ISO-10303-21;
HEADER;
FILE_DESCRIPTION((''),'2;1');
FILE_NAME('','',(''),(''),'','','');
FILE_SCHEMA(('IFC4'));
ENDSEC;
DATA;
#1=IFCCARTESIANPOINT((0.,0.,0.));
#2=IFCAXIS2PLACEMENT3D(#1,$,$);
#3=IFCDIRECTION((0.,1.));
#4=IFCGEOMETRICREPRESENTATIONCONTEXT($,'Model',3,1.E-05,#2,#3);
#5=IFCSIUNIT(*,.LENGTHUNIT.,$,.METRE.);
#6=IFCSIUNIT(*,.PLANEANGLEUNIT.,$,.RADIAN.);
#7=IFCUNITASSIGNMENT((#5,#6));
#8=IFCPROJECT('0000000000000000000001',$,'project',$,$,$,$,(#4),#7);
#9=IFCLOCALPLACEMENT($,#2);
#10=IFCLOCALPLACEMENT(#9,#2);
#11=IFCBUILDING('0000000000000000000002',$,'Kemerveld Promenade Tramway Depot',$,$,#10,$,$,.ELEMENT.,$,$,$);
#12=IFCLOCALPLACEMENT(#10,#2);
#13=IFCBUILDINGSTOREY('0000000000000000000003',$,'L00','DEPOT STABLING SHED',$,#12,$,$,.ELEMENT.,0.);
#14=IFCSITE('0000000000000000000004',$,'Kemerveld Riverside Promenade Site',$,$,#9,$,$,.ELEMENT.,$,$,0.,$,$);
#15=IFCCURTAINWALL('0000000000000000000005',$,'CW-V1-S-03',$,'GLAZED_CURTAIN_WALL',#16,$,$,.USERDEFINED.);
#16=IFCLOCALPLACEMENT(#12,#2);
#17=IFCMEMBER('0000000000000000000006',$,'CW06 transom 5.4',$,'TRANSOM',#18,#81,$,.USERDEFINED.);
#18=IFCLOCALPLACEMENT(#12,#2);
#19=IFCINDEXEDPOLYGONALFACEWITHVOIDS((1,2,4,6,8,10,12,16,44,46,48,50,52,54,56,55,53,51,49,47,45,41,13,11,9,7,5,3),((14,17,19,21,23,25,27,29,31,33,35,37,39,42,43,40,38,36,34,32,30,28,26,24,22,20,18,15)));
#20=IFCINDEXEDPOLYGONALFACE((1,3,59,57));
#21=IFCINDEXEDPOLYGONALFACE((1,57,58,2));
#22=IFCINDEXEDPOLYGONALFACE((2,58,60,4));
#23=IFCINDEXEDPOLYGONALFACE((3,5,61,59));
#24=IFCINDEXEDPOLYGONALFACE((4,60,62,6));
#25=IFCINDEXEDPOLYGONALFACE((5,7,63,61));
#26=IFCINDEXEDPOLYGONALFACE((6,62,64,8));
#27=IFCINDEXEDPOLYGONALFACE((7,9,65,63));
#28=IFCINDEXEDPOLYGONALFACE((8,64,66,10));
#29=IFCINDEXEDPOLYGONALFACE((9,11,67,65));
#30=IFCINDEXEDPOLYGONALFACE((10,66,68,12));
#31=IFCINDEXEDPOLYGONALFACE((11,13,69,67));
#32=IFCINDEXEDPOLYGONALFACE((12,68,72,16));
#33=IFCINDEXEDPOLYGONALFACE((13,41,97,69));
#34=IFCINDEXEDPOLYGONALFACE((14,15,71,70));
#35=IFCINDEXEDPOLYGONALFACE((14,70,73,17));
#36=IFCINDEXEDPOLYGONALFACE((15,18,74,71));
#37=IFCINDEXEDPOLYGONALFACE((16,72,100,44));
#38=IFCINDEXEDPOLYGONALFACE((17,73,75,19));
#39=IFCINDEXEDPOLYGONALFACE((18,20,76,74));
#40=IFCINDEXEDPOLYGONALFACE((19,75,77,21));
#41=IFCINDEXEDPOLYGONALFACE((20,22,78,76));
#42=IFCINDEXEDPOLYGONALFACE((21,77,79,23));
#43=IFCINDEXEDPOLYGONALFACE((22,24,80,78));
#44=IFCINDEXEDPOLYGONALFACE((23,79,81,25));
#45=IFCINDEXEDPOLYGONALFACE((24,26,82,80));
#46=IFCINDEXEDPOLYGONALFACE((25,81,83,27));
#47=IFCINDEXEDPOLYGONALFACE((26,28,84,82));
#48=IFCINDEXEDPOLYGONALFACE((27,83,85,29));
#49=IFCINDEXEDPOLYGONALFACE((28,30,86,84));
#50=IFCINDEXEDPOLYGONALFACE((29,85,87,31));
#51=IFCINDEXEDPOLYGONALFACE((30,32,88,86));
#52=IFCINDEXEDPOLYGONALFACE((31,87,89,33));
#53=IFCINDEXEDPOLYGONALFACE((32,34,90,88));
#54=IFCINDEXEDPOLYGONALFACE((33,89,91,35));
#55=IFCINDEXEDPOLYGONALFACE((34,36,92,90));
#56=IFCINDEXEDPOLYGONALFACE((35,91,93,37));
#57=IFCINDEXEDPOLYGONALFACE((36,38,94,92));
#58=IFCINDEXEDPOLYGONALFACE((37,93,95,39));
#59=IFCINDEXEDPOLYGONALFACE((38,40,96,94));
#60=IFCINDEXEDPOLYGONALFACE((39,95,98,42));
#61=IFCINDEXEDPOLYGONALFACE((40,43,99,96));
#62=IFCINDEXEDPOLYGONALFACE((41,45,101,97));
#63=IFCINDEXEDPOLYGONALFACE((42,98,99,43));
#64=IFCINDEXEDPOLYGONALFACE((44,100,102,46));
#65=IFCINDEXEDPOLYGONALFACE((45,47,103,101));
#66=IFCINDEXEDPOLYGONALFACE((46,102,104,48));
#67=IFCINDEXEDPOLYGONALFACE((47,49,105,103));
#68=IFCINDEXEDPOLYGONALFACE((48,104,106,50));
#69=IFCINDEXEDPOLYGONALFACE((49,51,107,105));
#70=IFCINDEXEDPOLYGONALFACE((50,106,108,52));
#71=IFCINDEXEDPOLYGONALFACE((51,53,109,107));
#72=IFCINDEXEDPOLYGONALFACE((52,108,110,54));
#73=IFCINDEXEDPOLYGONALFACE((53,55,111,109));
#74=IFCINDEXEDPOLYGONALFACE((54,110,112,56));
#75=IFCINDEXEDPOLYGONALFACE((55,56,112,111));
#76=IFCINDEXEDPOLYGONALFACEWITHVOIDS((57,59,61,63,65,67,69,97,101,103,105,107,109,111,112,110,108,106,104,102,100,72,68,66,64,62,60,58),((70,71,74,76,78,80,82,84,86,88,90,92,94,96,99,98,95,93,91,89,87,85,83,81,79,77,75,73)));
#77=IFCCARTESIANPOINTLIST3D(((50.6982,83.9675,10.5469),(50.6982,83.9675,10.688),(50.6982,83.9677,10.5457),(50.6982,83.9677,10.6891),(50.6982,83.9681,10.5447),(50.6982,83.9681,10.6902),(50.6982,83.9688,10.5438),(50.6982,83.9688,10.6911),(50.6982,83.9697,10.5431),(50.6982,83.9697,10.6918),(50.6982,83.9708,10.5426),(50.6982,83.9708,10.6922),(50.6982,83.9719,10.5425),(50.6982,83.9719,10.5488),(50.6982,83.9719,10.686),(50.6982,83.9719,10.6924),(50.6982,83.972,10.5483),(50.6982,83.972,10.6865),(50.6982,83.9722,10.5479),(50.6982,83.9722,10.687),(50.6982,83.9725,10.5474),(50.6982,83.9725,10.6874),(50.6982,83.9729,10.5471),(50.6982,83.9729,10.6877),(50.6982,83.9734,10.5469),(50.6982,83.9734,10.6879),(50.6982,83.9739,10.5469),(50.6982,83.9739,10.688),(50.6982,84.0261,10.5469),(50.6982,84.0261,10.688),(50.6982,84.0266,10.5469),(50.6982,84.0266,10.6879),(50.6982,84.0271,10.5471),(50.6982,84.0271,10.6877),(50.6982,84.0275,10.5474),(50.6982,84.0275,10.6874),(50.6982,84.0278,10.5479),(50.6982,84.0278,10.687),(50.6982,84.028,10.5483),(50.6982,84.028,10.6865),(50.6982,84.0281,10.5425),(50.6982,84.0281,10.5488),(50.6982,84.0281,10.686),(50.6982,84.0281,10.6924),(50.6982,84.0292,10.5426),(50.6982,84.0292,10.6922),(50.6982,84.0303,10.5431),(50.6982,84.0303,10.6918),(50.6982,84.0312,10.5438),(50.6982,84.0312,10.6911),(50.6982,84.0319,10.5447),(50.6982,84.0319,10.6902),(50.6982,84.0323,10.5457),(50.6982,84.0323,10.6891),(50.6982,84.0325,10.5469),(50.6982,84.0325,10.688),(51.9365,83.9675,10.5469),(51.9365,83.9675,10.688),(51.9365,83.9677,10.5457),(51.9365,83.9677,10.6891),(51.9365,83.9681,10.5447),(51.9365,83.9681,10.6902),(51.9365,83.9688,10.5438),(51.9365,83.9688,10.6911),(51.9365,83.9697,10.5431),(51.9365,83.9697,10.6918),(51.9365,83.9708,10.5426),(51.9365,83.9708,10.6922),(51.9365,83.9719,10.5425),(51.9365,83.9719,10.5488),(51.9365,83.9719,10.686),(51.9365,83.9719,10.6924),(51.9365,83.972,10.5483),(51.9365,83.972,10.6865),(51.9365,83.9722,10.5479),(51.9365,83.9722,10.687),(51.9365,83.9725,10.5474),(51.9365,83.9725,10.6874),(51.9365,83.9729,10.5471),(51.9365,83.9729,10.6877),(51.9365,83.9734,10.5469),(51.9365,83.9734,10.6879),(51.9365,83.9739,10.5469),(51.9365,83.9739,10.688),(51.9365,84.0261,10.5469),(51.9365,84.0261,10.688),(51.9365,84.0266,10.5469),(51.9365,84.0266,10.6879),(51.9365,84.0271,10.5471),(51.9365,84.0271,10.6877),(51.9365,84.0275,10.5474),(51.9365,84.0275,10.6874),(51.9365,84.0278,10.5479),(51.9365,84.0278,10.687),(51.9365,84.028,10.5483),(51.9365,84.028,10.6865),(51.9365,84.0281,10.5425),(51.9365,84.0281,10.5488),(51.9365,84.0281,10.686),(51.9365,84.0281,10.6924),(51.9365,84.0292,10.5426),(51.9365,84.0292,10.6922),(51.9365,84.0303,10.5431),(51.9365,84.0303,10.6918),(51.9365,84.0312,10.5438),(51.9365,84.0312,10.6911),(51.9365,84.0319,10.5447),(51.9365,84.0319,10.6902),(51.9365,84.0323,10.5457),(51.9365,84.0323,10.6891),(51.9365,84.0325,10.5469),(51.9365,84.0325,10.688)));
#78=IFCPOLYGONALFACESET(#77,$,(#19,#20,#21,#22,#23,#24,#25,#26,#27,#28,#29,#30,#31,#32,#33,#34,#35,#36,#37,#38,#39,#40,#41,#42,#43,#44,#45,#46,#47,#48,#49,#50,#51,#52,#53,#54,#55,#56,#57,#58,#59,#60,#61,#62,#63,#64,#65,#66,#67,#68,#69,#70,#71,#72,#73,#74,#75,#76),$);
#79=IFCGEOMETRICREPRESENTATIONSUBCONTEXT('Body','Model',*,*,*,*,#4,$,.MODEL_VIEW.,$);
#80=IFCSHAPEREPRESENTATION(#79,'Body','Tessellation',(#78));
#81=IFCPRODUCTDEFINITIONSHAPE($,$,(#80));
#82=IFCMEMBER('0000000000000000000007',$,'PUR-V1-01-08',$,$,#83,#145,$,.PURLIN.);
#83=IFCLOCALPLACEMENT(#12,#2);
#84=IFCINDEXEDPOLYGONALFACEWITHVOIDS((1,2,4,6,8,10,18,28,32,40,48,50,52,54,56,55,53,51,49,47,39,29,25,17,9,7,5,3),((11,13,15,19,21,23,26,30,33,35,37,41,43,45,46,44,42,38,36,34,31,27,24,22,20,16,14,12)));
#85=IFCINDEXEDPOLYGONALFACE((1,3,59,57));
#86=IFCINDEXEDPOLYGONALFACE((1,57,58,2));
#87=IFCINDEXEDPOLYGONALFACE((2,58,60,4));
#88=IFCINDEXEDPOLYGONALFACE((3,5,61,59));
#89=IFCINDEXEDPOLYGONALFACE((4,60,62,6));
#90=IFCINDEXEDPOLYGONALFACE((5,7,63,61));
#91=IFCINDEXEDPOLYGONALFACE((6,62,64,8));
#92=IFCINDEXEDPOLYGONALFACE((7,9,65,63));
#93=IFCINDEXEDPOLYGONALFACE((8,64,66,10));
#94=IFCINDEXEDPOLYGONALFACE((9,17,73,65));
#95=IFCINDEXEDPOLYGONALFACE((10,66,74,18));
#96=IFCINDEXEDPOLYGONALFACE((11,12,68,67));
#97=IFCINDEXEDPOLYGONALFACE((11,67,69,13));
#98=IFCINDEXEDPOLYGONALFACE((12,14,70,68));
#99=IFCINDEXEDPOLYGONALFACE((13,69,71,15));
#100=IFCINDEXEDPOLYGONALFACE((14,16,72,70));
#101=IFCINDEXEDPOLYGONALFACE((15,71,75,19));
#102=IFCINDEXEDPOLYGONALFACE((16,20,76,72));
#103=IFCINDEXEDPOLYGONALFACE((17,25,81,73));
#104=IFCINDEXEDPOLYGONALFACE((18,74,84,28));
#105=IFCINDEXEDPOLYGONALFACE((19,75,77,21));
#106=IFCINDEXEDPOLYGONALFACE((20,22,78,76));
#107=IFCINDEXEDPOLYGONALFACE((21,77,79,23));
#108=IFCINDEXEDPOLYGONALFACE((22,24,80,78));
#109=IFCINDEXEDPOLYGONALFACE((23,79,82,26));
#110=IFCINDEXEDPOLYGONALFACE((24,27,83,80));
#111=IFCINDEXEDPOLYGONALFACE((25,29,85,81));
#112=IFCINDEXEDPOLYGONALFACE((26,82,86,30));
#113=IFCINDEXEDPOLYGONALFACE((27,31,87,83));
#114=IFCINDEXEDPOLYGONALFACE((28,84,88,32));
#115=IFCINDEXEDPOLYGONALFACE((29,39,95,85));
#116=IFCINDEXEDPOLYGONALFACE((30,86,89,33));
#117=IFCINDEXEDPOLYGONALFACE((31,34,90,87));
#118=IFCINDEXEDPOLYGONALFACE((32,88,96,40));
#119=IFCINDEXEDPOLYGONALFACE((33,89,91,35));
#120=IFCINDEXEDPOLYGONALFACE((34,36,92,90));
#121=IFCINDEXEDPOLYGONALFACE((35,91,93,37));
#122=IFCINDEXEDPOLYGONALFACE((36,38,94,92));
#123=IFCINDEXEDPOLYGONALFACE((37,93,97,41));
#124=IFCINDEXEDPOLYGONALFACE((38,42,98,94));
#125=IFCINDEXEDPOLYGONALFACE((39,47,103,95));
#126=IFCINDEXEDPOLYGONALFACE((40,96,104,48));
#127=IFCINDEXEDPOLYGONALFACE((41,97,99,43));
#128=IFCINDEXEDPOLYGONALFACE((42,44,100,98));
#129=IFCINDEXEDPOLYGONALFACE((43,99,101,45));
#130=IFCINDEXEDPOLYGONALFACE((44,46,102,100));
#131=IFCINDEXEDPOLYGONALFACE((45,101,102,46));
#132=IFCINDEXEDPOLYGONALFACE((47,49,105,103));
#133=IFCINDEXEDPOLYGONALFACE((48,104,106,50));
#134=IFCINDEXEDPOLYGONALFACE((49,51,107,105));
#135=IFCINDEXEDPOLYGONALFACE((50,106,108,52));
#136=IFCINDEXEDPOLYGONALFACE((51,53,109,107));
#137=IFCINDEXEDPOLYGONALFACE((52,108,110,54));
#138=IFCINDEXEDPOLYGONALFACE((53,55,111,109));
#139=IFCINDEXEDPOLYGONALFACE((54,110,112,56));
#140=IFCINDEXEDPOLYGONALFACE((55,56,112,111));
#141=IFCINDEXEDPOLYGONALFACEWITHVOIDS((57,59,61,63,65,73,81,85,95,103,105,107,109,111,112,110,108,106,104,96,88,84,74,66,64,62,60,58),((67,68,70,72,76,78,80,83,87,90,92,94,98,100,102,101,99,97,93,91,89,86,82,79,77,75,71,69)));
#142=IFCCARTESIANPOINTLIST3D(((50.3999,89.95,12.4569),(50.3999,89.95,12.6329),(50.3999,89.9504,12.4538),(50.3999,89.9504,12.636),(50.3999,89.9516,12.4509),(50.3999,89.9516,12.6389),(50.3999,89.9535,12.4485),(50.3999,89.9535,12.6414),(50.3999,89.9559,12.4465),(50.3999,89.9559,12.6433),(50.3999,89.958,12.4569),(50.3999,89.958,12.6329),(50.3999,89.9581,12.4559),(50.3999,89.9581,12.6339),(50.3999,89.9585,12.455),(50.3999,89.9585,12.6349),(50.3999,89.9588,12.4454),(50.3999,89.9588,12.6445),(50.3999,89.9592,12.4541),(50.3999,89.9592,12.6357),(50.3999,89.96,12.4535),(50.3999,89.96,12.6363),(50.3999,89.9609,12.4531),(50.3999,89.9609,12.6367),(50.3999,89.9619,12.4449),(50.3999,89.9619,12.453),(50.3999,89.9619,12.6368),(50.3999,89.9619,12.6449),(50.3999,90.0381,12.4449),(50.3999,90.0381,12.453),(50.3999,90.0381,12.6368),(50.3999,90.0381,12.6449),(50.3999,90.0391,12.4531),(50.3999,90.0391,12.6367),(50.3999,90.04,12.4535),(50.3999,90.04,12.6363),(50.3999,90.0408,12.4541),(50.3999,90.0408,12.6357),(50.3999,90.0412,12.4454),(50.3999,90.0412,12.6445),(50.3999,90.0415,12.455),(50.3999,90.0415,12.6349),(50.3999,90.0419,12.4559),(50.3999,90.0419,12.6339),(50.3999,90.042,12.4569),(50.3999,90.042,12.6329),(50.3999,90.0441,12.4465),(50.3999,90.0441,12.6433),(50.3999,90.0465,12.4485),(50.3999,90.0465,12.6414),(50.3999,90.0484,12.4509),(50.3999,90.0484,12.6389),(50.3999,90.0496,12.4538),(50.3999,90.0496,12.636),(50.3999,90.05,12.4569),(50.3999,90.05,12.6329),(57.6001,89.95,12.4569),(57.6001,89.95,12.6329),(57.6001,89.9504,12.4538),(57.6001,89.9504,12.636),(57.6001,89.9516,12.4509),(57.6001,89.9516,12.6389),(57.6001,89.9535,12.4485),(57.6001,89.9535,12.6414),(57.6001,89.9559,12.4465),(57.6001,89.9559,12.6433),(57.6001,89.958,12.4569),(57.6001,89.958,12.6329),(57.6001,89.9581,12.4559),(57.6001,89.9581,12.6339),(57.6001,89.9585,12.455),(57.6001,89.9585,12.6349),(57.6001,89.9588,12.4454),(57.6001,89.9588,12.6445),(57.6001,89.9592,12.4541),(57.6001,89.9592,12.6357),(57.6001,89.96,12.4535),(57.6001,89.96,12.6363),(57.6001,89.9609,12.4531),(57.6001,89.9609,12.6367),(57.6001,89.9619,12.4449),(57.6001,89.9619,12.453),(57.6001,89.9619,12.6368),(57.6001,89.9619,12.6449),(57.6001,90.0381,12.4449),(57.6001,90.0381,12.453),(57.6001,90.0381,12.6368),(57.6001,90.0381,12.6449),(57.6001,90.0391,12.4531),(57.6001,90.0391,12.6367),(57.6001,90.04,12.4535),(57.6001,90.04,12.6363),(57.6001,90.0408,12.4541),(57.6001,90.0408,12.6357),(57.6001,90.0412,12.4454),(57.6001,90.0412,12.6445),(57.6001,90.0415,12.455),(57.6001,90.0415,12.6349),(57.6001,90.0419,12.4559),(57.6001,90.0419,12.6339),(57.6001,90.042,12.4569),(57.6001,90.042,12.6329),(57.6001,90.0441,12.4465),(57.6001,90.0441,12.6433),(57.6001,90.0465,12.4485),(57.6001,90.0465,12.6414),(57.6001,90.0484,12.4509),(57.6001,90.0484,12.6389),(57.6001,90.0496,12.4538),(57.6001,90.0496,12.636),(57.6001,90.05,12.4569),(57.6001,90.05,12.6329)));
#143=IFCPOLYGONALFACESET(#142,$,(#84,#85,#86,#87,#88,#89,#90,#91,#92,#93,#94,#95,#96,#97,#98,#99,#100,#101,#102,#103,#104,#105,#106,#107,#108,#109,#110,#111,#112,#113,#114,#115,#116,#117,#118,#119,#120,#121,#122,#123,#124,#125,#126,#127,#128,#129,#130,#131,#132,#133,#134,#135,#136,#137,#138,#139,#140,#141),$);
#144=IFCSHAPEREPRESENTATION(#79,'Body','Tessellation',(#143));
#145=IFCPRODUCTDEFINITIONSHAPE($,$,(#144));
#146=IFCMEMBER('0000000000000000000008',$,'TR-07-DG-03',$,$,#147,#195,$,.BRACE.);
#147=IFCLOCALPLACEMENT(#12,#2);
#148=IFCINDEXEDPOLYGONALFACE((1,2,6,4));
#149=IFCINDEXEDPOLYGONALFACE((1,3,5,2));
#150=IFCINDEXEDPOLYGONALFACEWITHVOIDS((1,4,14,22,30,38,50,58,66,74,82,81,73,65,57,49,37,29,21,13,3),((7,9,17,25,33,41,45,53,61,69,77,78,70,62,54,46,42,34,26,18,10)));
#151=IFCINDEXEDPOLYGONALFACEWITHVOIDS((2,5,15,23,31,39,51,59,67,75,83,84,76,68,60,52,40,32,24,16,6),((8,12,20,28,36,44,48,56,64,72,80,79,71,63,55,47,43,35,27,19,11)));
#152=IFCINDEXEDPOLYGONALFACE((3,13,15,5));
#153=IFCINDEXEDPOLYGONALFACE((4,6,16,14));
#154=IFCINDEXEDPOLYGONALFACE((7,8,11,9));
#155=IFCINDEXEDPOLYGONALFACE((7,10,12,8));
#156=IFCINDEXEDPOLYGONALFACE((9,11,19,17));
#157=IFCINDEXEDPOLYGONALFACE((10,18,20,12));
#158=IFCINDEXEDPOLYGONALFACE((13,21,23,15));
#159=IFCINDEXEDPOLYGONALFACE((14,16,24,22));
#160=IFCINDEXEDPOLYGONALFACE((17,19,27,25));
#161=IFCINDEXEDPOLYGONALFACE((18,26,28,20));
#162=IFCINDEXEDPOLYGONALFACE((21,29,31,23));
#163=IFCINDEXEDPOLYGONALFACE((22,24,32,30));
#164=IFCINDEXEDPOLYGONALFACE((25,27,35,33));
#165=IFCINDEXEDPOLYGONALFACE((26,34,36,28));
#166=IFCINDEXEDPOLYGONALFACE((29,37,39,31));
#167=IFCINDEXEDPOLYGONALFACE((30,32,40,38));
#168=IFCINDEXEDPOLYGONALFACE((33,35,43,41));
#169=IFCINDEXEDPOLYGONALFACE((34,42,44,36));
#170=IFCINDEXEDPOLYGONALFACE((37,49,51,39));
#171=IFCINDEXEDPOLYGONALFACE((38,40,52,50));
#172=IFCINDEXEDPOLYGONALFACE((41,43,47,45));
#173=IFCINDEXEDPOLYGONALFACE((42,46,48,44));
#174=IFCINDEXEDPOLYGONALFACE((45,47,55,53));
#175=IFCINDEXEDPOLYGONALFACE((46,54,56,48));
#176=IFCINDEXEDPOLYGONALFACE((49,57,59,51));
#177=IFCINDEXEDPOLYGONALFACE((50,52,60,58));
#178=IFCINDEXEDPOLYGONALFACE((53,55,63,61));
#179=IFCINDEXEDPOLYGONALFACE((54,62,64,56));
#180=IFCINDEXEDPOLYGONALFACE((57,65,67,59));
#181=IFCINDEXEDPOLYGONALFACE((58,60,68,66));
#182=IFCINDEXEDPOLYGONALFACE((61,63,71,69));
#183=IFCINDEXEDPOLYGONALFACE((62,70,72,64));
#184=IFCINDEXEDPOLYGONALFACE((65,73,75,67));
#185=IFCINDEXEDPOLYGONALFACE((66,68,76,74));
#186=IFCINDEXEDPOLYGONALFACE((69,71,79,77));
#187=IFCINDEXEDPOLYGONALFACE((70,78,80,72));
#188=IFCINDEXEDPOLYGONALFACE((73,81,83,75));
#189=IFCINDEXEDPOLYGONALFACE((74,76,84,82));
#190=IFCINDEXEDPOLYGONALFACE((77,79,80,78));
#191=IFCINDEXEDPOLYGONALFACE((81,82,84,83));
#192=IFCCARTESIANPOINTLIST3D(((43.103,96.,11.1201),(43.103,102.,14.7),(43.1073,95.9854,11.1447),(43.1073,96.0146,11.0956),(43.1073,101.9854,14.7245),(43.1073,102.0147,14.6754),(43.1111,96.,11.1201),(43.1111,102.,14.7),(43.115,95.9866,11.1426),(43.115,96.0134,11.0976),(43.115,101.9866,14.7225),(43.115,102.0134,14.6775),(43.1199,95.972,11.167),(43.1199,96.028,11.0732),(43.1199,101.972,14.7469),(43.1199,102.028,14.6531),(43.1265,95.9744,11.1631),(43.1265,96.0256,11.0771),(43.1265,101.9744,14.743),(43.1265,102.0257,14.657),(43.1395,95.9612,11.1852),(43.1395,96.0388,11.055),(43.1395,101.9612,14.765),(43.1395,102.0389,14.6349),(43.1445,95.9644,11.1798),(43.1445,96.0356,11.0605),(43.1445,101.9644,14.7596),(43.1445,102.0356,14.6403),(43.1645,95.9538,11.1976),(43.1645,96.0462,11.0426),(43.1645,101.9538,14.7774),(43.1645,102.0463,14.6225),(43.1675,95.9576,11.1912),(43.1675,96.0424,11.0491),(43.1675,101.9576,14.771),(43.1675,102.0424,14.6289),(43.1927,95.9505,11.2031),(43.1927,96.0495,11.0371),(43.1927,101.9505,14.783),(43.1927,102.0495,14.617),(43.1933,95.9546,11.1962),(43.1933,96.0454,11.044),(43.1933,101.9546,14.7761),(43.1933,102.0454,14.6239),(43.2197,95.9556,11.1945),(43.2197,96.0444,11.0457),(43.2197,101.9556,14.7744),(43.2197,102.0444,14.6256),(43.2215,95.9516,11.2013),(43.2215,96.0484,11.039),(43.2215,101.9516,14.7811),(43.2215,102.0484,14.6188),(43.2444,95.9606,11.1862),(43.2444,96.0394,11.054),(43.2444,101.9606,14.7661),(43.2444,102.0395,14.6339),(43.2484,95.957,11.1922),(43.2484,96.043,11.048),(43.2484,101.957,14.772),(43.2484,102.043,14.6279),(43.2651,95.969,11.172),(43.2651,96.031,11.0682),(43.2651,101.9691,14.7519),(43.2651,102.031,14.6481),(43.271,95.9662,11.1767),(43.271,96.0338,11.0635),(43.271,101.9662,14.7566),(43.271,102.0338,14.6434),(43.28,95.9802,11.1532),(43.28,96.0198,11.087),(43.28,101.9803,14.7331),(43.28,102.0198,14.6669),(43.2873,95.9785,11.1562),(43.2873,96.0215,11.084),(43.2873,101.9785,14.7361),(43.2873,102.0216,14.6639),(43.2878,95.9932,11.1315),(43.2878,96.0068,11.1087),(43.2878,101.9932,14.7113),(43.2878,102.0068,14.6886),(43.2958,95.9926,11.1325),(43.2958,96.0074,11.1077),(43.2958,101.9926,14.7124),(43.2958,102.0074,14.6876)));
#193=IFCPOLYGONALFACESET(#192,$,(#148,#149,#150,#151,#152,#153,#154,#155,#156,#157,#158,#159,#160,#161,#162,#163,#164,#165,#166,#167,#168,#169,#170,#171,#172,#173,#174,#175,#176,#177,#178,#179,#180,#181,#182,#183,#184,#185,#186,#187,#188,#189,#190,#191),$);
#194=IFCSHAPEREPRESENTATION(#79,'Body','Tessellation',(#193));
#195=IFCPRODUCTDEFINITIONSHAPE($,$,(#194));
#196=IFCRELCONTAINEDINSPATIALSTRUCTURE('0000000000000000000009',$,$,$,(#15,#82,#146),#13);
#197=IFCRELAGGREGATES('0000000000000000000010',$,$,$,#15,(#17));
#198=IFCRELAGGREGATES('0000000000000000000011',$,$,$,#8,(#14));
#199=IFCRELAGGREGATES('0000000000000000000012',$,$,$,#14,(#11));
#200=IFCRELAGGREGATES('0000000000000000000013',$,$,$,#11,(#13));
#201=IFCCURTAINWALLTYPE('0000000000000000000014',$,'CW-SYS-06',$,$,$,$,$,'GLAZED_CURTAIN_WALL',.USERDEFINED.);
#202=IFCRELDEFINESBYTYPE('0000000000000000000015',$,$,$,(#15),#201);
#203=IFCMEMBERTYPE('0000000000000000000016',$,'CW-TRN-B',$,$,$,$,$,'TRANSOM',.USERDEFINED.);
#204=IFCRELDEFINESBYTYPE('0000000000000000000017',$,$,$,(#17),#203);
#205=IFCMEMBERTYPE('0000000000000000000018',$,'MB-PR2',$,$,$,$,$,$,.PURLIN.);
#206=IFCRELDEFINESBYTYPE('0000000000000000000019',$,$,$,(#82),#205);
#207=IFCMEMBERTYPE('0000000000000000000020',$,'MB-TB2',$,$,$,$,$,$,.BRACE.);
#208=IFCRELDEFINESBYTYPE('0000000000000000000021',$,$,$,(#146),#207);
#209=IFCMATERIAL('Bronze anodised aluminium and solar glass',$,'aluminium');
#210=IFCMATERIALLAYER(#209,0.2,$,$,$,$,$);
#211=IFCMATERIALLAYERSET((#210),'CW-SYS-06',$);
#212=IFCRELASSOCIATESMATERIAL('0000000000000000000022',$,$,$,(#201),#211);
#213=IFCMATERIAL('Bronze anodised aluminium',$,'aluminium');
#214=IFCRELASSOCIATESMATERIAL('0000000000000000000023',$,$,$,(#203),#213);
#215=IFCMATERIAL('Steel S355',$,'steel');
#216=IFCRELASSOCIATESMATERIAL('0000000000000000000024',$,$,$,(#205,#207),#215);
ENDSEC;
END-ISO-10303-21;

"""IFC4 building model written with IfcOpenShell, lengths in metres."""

from ifc_helpers import new_model, si_unit, direction, frame, origin, origin_2d, place, context, subcontext, project, spatial, hollow_rectangle, hollow_circle, extrude, material, layer, layer_set, material_profile, profile_set, type_object, element, aggregate, save


model = new_model("IFC4")

# Units and contexts
model_context = context("Model", 3, precision=1e-05, world=origin(), true_north=direction((0.0, 1.0)))
body_context = subcontext(model_context, "Body", "Model", "MODEL_VIEW")
ifc_project = project(units=[si_unit("LENGTHUNIT", "METRE"), si_unit("PLANEANGLEUNIT", "RADIAN")], contexts=[model_context])

# Site, building, storey
site_placement = place(None, origin())
site = spatial("IfcSite", under=ifc_project, at=site_placement, Name="Kemerveld Riverside Promenade Site", CompositionType="ELEMENT", RefElevation=0.0)
building_placement = place(site_placement, origin())
building = spatial("IfcBuilding", under=site, at=building_placement, Name="Kemerveld Promenade Tramway Depot", CompositionType="ELEMENT")
storey_placement = place(building_placement, origin())
storey = spatial("IfcBuildingStorey", under=building, at=storey_placement, Name="L00", Description="DEPOT STABLING SHED", CompositionType="ELEMENT", Elevation=0.0)

# Shared definitions
ifc_material_1 = material(Name="Steel S355", Category="steel")

# Curtain wall, member
ifc_material_2 = material(Name="Bronze anodised aluminium and solar glass", Category="aluminium")
ifc_material_3 = material(Name="Bronze anodised aluminium", Category="aluminium")
ifc_layer_1 = layer(ifc_material_2, 0.2)
ifc_layer_set_1 = layer_set([ifc_layer_1], Name="CW-SYS-06")
curtain_wall_type_1 = type_object("IfcCurtainWallType", Name="CW-SYS-06", ElementType="GLAZED_CURTAIN_WALL", PredefinedType="USERDEFINED", material=ifc_layer_set_1)
curtain_wall_1_placement = place(storey_placement, origin())
curtain_wall_1 = element("IfcCurtainWall", 1, at=curtain_wall_1_placement, inside=storey, type_object=curtain_wall_type_1, Name="CW-V1-S-03", ObjectType="GLAZED_CURTAIN_WALL", PredefinedType="USERDEFINED")
ifc_material_profile_1 = material_profile(ifc_material_3, hollow_rectangle(XDim=0.0649, YDim=0.1499, WallThickness=0.0044, InnerFilletRadius=0.002, OuterFilletRadius=0.0044, at=origin_2d()), Name="CW-TRN-150x65")
ifc_profile_set_1 = profile_set([ifc_material_profile_1], Name="Bronze anodised aluminium")
member_type_1 = type_object("IfcMemberType", Name="CW-TRN-B", ElementType="TRANSOM", PredefinedType="USERDEFINED", material=ifc_profile_set_1)
member_1_placement = place(storey_placement, frame((51.9365, 84.0, 10.6174), z_axis=(-1.0, 0.0, 0.0), x_axis=(0.0, -1.0, 0.0)))
member_1 = element("IfcMember", 2, at=member_1_placement, type_object=member_type_1, Name="CW06 transom 5.4", ObjectType="TRANSOM", PredefinedType="USERDEFINED", context=body_context, shape_type="SweptSolid", body=[
    extrude(hollow_rectangle(XDim=0.0649, YDim=0.1499, WallThickness=0.0044, InnerFilletRadius=0.002, OuterFilletRadius=0.0044, at=origin_2d()), origin(), (0.0, 0.0, 1.0), 1.2383),
])

# Members
ifc_material_profile_2 = material_profile(ifc_material_1, hollow_rectangle(XDim=0.1001, YDim=0.2, WallThickness=0.0081, InnerFilletRadius=0.0039, OuterFilletRadius=0.012, at=origin_2d()), Name="200x100x8.0 RHS")
ifc_profile_set_2 = profile_set([ifc_material_profile_2], Name="Steel S355")
member_type_2 = type_object("IfcMemberType", Name="MB-PR2", PredefinedType="PURLIN", material=ifc_profile_set_2)
member_2_placement = place(storey_placement, frame((50.3999, 90.0, 12.5449), z_axis=(1.0, 0.0, 0.0), x_axis=(0.0, 1.0, 0.0)))
element("IfcMember", 3, at=member_2_placement, inside=storey, type_object=member_type_2, Name="PUR-V1-01-08", PredefinedType="PURLIN", context=body_context, shape_type="SweptSolid", body=[
    extrude(hollow_rectangle(XDim=0.1001, YDim=0.2, WallThickness=0.0081, InnerFilletRadius=0.0039, OuterFilletRadius=0.012, at=origin_2d()), origin(), (0.0, 0.0, 1.0), 7.2002),
])
ifc_material_profile_3 = material_profile(ifc_material_1, hollow_circle(Radius=0.0969, WallThickness=0.0081, at=origin_2d()), Name="193.7x8.0 CHS")
ifc_profile_set_3 = profile_set([ifc_material_profile_3], Name="Steel S355")
member_type_3 = type_object("IfcMemberType", Name="MB-TB2", PredefinedType="BRACE", material=ifc_profile_set_3)
member_3_placement = place(storey_placement, frame((43.2, 96.0, 11.1201), z_axis=(0.0, 0.858764, 0.512372), x_axis=(-1.0, 0.0, 0.0)))
element("IfcMember", 4, at=member_3_placement, inside=storey, type_object=member_type_3, Name="TR-07-DG-03", PredefinedType="BRACE", context=body_context, shape_type="SweptSolid", body=[
    extrude(hollow_circle(Radius=0.0969, WallThickness=0.0081, at=origin_2d()), origin(), (0.0, 0.0, 1.0), 6.9868),
])

aggregate(curtain_wall_1, [member_1])

save(model, "model.ifc")
